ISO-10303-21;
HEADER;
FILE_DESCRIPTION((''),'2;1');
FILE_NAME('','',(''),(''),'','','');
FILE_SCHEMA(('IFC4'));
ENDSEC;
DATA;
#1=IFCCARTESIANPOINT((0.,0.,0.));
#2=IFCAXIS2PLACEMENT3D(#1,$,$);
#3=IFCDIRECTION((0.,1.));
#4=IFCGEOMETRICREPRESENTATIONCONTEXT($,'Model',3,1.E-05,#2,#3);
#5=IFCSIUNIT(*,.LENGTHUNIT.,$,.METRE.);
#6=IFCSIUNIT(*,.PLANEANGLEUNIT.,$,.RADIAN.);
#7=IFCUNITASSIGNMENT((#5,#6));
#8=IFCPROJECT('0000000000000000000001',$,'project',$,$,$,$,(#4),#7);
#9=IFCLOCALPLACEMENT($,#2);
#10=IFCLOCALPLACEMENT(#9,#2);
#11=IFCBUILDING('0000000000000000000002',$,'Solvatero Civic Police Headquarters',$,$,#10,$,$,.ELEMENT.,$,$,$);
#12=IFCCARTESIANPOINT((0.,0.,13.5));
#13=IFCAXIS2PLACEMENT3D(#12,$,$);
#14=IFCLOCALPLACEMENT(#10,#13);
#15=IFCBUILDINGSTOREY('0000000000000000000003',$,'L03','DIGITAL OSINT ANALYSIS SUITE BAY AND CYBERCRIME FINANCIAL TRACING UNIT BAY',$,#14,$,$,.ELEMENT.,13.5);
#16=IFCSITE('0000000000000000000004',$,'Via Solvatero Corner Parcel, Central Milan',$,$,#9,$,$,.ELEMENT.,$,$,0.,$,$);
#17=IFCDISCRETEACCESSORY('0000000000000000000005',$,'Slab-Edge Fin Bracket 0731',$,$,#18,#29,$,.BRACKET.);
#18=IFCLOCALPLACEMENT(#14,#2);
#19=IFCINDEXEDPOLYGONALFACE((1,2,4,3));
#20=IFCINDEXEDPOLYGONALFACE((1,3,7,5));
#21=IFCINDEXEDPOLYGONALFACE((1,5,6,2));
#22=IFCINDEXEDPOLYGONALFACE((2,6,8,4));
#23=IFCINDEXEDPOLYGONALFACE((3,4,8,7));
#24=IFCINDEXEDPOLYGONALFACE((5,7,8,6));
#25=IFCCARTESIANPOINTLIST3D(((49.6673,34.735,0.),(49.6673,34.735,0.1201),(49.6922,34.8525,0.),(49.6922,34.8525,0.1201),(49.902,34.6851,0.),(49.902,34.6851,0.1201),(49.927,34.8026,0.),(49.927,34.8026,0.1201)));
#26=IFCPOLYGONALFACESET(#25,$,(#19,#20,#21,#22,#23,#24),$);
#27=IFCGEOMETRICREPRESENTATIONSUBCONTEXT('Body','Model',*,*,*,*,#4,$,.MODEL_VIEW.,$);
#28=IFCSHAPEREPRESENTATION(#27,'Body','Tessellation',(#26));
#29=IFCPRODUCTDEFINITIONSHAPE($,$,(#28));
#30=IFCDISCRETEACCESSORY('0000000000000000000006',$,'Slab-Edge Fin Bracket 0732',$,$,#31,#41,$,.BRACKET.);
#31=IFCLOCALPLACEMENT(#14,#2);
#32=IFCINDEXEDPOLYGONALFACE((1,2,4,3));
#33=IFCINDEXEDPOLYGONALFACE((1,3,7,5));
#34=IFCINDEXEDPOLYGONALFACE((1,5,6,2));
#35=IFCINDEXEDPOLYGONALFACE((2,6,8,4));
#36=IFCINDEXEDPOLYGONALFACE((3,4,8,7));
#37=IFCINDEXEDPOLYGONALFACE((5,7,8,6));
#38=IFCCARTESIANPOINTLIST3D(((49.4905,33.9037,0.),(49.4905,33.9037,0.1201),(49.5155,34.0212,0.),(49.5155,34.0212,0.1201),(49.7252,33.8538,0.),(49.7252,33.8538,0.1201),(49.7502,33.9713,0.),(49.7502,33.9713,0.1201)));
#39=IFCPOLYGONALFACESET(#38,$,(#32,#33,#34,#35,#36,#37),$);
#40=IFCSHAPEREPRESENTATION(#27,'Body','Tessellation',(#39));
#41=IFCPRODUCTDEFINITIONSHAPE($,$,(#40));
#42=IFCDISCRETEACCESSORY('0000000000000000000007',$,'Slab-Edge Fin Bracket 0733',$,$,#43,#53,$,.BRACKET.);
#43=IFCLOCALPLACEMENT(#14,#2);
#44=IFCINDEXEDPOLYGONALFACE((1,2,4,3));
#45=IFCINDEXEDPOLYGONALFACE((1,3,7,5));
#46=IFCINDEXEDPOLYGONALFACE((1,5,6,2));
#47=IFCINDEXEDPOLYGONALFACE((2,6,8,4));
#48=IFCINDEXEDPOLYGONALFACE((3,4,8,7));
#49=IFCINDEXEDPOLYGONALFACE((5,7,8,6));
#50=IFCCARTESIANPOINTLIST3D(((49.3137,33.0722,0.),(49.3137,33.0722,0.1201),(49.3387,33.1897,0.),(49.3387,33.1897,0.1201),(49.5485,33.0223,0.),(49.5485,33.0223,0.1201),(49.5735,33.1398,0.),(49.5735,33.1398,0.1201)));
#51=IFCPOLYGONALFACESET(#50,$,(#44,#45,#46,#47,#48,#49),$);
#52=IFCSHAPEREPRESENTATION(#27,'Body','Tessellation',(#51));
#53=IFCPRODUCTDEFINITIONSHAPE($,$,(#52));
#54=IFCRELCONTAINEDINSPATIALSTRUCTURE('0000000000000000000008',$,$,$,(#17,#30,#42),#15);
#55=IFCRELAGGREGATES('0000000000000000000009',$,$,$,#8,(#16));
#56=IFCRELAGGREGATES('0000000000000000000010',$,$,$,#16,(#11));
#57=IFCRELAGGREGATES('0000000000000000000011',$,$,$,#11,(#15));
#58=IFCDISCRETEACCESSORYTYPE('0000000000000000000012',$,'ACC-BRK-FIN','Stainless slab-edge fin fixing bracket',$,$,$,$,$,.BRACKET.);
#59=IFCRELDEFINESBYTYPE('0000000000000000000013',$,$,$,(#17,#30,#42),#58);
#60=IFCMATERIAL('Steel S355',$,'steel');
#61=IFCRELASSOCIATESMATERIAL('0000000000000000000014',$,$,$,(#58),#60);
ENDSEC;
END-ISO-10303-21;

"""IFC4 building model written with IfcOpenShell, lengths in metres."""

from ifc_helpers import new_model, si_unit, direction, frame, origin, origin_2d, place, context, subcontext, project, spatial, rectangle, extrude, material, type_object, element, save


model = new_model("IFC4")

# Units and contexts
model_context = context("Model", 3, precision=1e-05, world=origin(), true_north=direction((0.0, 1.0)))
body_context = subcontext(model_context, "Body", "Model", "MODEL_VIEW")
ifc_project = project(units=[si_unit("LENGTHUNIT", "METRE"), si_unit("PLANEANGLEUNIT", "RADIAN")], contexts=[model_context])

# Site, building, storey
site_placement = place(None, origin())
site = spatial("IfcSite", under=ifc_project, at=site_placement, Name="Via Solvatero Corner Parcel, Central Milan", CompositionType="ELEMENT", RefElevation=0.0)
building_placement = place(site_placement, origin())
building = spatial("IfcBuilding", under=site, at=building_placement, Name="Solvatero Civic Police Headquarters", CompositionType="ELEMENT")
storey_placement = place(building_placement, frame((0.0, 0.0, 13.5)))
storey = spatial("IfcBuildingStorey", under=building, at=storey_placement, Name="L03", Description="DIGITAL OSINT ANALYSIS SUITE BAY AND CYBERCRIME FINANCIAL TRACING UNIT BAY", CompositionType="ELEMENT", Elevation=13.5)

# Shared definitions
ifc_material_1 = material(Name="Steel S355", Category="steel")

# Discrete accessories
discrete_accessory_type = type_object("IfcDiscreteAccessoryType", Name="ACC-BRK-FIN", Description="Stainless slab-edge fin fixing bracket", PredefinedType="BRACKET", material=ifc_material_1)
for number, where, z_axis, x_axis, name in (
    (1, (49.7971, 34.7688, 0.0), (0.0, 0.0, 1.0), (-0.207912, -0.978148, 0.0), "Slab-Edge Fin Bracket 0731"),
    (2, (49.6204, 33.9375, 0.0), (0.0, 0.0, 1.0), (-0.207912, -0.978148, 0.0), "Slab-Edge Fin Bracket 0732"),
    (3, (49.4436, 33.106, 0.0), (0.0, 0.0, 1.0), (-0.207912, -0.978148, 0.0), "Slab-Edge Fin Bracket 0733"),
):
    element("IfcDiscreteAccessory", number, at=place(storey_placement, frame(where, z_axis=z_axis, x_axis=x_axis)), inside=storey, type_object=discrete_accessory_type, Name=name, PredefinedType="BRACKET", context=body_context, shape_type="SweptSolid", body=[
        extrude(rectangle(XDim=0.1201, YDim=0.24, at=origin_2d()), origin(), (0.0, 0.0, 1.0), 0.1201),
    ])

save(model, "model.ifc")
